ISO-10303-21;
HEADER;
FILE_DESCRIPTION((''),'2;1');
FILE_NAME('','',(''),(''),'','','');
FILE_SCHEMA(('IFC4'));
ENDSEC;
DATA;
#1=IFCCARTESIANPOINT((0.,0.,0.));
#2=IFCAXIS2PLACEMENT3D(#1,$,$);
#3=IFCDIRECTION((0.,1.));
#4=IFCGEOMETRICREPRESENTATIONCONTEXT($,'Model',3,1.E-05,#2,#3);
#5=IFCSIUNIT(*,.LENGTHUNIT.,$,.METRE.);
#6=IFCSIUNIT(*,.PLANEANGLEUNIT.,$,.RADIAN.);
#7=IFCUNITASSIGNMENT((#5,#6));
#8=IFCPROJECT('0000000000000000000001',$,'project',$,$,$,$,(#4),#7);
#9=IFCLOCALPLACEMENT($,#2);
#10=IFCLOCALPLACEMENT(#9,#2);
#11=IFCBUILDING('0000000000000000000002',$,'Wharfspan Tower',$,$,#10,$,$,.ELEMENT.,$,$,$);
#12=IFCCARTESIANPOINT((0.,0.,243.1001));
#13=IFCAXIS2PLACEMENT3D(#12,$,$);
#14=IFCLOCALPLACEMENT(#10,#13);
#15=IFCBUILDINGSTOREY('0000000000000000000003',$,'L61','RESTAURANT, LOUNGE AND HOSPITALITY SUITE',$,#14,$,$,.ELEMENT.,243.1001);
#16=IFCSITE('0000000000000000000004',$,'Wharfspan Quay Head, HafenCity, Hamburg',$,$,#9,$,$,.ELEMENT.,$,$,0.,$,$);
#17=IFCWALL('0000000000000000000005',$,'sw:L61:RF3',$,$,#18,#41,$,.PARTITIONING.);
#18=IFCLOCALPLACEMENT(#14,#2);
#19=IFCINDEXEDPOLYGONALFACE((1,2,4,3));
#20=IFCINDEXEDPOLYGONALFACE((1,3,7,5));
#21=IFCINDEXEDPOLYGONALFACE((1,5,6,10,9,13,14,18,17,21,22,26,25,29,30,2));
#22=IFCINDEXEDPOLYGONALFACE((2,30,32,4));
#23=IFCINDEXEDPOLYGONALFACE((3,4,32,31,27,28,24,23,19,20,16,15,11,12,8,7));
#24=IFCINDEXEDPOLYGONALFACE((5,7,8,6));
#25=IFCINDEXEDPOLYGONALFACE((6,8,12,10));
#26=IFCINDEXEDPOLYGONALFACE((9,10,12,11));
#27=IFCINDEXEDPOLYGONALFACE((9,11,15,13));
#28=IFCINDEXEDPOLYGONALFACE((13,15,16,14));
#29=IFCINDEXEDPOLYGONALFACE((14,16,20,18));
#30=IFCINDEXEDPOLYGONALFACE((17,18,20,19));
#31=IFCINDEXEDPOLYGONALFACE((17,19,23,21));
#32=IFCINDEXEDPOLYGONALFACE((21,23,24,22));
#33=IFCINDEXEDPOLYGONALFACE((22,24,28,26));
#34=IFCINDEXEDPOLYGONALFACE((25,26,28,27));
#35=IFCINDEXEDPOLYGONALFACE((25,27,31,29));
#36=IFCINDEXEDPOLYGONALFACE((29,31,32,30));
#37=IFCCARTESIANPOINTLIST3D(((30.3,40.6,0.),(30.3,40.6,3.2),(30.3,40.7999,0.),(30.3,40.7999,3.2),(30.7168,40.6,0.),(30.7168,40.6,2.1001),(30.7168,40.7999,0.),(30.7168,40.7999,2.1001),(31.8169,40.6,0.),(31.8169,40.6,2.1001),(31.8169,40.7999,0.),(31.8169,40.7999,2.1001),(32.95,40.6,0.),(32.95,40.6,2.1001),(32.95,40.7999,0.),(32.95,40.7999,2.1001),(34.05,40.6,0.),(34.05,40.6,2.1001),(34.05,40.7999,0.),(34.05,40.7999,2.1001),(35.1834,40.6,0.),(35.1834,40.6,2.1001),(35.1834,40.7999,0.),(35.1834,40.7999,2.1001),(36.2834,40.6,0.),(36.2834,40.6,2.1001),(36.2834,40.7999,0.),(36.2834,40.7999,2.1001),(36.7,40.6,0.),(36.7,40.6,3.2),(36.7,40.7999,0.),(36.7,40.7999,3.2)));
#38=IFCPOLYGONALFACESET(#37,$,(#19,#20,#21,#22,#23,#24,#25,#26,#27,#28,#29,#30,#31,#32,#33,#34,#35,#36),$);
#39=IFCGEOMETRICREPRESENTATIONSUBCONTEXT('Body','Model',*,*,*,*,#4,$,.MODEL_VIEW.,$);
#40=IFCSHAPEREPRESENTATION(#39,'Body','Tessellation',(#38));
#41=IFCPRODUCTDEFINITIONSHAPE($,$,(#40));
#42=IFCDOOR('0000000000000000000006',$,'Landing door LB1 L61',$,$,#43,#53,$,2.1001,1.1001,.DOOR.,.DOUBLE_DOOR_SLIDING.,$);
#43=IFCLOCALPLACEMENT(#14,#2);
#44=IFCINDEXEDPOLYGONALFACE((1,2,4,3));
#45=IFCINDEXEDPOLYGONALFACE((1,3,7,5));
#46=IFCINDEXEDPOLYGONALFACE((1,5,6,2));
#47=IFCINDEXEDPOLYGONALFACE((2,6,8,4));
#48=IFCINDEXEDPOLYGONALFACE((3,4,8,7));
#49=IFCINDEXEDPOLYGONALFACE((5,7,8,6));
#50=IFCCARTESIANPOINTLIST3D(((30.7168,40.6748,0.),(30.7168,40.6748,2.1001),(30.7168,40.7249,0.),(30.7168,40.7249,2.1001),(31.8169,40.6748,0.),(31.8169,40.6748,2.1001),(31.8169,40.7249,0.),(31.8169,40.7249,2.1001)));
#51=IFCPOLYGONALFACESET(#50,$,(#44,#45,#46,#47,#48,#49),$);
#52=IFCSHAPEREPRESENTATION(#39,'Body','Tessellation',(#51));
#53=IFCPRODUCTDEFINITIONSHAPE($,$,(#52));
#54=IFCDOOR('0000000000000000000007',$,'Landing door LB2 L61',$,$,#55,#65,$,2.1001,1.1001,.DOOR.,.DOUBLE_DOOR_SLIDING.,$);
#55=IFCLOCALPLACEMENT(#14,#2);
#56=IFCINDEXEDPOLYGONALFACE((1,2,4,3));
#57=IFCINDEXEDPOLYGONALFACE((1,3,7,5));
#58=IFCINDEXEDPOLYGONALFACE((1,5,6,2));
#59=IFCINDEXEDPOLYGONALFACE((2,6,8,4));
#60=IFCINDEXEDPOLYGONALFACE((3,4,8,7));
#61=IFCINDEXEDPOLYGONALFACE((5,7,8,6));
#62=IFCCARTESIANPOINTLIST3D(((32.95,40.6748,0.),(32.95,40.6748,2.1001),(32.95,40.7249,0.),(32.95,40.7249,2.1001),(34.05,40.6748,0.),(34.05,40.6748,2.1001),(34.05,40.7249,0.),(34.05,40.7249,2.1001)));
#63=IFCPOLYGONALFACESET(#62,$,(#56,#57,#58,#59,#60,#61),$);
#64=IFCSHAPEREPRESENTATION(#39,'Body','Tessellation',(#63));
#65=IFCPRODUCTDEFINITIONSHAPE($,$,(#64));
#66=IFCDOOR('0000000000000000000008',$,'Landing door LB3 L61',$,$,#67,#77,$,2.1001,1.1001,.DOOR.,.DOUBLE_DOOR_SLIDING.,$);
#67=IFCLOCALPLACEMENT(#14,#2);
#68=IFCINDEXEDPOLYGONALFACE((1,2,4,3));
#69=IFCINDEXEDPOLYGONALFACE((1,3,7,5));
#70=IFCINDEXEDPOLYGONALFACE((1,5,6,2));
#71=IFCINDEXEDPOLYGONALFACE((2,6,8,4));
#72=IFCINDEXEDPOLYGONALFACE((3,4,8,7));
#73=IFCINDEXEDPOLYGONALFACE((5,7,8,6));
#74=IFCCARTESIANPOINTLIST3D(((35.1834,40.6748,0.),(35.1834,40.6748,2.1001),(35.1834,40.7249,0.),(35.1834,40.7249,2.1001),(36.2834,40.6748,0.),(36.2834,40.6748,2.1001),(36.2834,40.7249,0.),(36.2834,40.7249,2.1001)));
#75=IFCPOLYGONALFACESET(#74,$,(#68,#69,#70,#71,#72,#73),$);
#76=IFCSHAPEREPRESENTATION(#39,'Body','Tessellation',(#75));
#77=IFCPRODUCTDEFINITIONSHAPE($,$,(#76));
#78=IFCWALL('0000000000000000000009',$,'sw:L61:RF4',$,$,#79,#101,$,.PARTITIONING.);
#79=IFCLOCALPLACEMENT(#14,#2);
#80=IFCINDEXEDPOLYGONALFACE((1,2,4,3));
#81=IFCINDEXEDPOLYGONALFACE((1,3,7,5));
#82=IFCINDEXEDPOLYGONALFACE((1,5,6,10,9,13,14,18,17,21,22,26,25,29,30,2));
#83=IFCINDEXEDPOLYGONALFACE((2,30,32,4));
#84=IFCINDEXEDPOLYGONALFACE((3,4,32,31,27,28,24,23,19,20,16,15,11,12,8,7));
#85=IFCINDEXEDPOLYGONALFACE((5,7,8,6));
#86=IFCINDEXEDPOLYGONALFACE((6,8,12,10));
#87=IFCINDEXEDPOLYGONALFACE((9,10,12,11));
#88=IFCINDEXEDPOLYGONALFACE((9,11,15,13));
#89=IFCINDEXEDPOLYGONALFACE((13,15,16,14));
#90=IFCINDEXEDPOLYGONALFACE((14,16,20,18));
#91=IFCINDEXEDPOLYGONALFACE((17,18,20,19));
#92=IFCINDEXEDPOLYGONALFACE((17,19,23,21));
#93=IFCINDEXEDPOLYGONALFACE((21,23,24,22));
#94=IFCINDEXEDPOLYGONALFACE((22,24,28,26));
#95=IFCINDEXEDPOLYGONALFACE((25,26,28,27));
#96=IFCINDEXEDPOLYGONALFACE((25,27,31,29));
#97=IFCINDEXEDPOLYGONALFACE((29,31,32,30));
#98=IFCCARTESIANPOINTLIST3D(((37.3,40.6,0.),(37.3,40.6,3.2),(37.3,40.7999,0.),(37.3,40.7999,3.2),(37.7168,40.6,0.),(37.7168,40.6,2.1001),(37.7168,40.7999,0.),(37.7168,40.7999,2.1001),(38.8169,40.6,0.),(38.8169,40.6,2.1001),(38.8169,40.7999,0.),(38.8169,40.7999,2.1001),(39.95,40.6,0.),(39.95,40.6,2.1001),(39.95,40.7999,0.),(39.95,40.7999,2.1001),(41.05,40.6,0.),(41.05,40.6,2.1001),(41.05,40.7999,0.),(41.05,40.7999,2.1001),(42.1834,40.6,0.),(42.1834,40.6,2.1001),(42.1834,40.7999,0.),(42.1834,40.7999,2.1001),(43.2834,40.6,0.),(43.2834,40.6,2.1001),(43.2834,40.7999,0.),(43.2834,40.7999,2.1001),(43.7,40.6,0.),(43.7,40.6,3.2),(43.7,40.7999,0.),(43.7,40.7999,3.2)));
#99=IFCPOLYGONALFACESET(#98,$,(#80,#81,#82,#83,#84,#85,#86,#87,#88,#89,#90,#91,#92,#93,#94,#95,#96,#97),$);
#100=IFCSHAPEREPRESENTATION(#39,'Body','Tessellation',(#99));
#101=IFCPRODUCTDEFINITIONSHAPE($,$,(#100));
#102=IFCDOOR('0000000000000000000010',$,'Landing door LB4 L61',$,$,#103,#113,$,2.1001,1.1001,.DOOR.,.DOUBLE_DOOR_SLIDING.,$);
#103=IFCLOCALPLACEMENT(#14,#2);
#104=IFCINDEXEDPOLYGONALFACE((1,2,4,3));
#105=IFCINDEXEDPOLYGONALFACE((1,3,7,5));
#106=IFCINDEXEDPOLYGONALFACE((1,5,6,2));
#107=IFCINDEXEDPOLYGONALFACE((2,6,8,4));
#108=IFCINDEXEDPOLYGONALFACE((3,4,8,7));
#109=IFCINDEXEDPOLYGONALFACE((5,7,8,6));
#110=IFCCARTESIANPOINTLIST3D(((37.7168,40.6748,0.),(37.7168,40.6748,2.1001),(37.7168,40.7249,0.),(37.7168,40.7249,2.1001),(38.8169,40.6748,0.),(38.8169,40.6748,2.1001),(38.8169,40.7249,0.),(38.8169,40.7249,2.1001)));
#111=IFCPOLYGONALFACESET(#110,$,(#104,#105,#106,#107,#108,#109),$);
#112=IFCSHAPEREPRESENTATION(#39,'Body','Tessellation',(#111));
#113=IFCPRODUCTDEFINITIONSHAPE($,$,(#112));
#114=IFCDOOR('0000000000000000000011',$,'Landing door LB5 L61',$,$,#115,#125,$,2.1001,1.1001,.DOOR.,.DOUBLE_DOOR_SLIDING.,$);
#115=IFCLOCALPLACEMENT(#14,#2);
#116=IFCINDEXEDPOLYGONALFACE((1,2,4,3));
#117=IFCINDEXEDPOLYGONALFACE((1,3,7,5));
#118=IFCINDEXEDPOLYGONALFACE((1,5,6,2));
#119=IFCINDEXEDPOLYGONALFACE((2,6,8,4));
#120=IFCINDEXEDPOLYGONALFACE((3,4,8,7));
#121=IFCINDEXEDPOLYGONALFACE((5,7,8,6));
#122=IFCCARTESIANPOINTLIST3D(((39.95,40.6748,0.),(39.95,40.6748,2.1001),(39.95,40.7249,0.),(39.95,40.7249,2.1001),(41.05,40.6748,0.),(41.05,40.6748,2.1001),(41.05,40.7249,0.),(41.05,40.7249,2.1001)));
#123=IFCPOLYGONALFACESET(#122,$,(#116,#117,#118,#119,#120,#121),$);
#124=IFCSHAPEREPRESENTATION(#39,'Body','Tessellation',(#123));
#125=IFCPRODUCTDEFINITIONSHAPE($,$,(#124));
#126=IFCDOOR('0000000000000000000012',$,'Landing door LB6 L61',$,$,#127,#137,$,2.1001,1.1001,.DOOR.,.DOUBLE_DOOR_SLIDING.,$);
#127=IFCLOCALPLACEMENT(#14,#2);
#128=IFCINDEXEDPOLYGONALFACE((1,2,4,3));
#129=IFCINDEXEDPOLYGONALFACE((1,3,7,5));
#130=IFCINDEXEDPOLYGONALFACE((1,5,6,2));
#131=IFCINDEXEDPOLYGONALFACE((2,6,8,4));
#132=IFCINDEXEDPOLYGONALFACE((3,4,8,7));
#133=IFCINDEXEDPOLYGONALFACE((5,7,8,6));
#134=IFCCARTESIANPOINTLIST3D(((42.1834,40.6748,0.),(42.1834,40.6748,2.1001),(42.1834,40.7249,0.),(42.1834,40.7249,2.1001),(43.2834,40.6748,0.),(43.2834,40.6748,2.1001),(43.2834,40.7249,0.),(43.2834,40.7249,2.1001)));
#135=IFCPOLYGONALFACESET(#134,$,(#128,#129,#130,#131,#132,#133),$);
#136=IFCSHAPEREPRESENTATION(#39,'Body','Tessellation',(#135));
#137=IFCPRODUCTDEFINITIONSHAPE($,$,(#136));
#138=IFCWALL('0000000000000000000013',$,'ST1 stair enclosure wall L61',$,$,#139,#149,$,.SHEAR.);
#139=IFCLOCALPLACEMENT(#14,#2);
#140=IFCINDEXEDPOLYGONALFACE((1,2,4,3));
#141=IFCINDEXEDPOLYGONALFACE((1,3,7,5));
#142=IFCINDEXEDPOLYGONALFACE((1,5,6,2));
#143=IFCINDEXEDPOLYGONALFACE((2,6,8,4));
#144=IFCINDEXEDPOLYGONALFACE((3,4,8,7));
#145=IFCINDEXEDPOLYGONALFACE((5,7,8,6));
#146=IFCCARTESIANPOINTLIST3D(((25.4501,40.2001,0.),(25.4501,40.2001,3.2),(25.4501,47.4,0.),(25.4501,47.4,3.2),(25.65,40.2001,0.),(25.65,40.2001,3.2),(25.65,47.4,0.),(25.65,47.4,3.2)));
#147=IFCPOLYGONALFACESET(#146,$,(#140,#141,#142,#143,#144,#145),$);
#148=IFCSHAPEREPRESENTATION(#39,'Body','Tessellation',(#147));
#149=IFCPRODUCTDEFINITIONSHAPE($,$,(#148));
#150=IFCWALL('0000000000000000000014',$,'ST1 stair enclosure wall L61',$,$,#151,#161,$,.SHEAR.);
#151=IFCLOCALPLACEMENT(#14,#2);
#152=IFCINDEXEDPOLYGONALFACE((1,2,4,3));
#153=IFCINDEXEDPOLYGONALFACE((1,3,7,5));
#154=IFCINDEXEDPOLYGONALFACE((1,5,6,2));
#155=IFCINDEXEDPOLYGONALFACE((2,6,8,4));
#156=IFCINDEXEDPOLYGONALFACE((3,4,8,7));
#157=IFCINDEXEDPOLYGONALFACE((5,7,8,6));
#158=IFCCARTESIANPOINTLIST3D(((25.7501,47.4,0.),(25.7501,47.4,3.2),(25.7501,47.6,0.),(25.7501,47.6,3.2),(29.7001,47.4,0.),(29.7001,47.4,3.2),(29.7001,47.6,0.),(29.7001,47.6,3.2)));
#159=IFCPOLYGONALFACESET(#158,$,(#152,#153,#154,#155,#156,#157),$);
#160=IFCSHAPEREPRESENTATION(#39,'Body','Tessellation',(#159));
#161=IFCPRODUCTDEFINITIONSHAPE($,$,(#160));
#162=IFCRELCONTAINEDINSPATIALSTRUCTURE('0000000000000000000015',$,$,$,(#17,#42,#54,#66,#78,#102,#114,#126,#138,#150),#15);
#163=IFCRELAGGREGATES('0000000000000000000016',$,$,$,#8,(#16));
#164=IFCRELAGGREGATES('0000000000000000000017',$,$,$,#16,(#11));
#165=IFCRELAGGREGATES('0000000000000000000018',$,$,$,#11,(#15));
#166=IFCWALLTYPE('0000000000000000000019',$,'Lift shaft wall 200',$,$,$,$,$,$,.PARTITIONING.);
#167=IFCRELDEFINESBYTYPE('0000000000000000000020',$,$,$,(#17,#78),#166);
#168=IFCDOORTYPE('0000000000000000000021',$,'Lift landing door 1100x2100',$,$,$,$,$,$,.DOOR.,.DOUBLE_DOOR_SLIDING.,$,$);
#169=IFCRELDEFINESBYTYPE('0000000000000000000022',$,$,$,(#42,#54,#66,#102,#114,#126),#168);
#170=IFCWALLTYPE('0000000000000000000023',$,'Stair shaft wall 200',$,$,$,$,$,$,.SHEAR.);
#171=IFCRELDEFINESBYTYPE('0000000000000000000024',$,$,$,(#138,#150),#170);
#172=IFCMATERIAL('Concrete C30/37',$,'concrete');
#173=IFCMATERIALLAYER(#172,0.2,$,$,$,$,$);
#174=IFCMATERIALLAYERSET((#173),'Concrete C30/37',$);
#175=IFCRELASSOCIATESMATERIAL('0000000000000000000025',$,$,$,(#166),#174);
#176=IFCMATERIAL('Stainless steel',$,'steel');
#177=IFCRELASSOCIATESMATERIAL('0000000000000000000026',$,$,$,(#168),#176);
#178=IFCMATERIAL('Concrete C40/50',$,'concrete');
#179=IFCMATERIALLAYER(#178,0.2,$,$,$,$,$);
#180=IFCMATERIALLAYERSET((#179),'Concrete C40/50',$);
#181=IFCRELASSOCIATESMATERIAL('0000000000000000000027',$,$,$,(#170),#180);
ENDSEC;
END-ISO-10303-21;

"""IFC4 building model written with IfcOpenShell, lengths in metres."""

from ifc_helpers import new_model, si_unit, direction, frame, frame_2d, origin, place, context, subcontext, project, spatial, rectangle, extrude, material, layer, layer_set, type_object, element, fill, save


model = new_model("IFC4")

# Units and contexts
model_context = context("Model", 3, precision=1e-05, world=origin(), true_north=direction((0.0, 1.0)))
body_context = subcontext(model_context, "Body", "Model", "MODEL_VIEW")
ifc_project = project(units=[si_unit("LENGTHUNIT", "METRE"), si_unit("PLANEANGLEUNIT", "RADIAN")], contexts=[model_context])

# Site, building, storey
site_placement = place(None, origin())
site = spatial("IfcSite", under=ifc_project, at=site_placement, Name="Wharfspan Quay Head, HafenCity, Hamburg", CompositionType="ELEMENT", RefElevation=0.0)
building_placement = place(site_placement, origin())
building = spatial("IfcBuilding", under=site, at=building_placement, Name="Wharfspan Tower", CompositionType="ELEMENT")
storey_placement = place(building_placement, frame((0.0, 0.0, 243.1001)))
storey = spatial("IfcBuildingStorey", under=building, at=storey_placement, Name="L61", Description="RESTAURANT, LOUNGE AND HOSPITALITY SUITE", CompositionType="ELEMENT", Elevation=243.1001)

# Walls, openings, doors
ifc_material_1 = material(Name="Concrete C30/37", Category="concrete")
ifc_layer_1 = layer(ifc_material_1, 0.2)
ifc_layer_set_1 = layer_set([ifc_layer_1], Name="Concrete C30/37")
wall_type_1 = type_object("IfcWallType", Name="Lift shaft wall 200", PredefinedType="PARTITIONING", material=ifc_layer_set_1)
wall_1_placement = place(storey_placement, frame((30.3, 40.7, 0.0), z_axis=(0.0, 0.0, 1.0), x_axis=(1.0, 0.0, 0.0)))
wall_1 = element("IfcWall", 1, at=wall_1_placement, inside=storey, type_object=wall_type_1, Name="sw:L61:RF3", PredefinedType="PARTITIONING", context=body_context, shape_type="SweptSolid", body=[
    extrude(rectangle(XDim=6.3999, YDim=0.2, at=frame_2d((3.2, 0.0))), origin(), (0.0, 0.0, 1.0), 3.2),
])
opening_1_placement = place(wall_1_placement, frame((0.4167, 0.0, 0.0)))
opening_1 = element("IfcOpeningElement", 2, at=opening_1_placement, cuts=wall_1, PredefinedType="OPENING", context=body_context, shape_type="SweptSolid", body=[
    extrude(rectangle(XDim=1.1001, YDim=2.1001, at=frame_2d((0.55, 1.05))), frame((0.0, 0.1099, 0.0), z_axis=(0.0, -1.0, 0.0), x_axis=(1.0, 0.0, 0.0)), (0.0, 0.0, 1.0), 0.22),
])
opening_2_placement = place(wall_1_placement, frame((2.6499, 0.0, 0.0)))
opening_2 = element("IfcOpeningElement", 3, at=opening_2_placement, cuts=wall_1, PredefinedType="OPENING", context=body_context, shape_type="SweptSolid", body=[
    extrude(rectangle(XDim=1.1001, YDim=2.1001, at=frame_2d((0.55, 1.05))), frame((0.0, 0.1099, 0.0), z_axis=(0.0, -1.0, 0.0), x_axis=(1.0, 0.0, 0.0)), (0.0, 0.0, 1.0), 0.22),
])
opening_3_placement = place(wall_1_placement, frame((4.8833, 0.0, 0.0)))
opening_3 = element("IfcOpeningElement", 4, at=opening_3_placement, cuts=wall_1, PredefinedType="OPENING", context=body_context, shape_type="SweptSolid", body=[
    extrude(rectangle(XDim=1.1001, YDim=2.1001, at=frame_2d((0.55, 1.05))), frame((0.0, 0.1099, 0.0), z_axis=(0.0, -1.0, 0.0), x_axis=(1.0, 0.0, 0.0)), (0.0, 0.0, 1.0), 0.22),
])
ifc_material_2 = material(Name="Stainless steel", Category="steel")
door_type = type_object("IfcDoorType", Name="Lift landing door 1100x2100", OperationType="DOUBLE_DOOR_SLIDING", PredefinedType="DOOR", material=ifc_material_2)
door_1_placement = place(opening_1_placement, origin())
door_1 = element("IfcDoor", 5, at=door_1_placement, inside=storey, type_object=door_type, Name="Landing door LB1 L61", OperationType="DOUBLE_DOOR_SLIDING", OverallHeight=2.1001, OverallWidth=1.1001, PredefinedType="DOOR", context=body_context, shape_type="SweptSolid", body=[
    extrude(rectangle(XDim=1.1001, YDim=2.1001, at=frame_2d((0.55, 1.05))), frame((0.0, 0.0249, 0.0), z_axis=(0.0, -1.0, 0.0), x_axis=(1.0, 0.0, 0.0)), (0.0, 0.0, 1.0), 0.05),
])
fill(opening_1, door_1)
door_2_placement = place(opening_2_placement, origin())
door_2 = element("IfcDoor", 6, at=door_2_placement, inside=storey, type_object=door_type, Name="Landing door LB2 L61", OperationType="DOUBLE_DOOR_SLIDING", OverallHeight=2.1001, OverallWidth=1.1001, PredefinedType="DOOR", context=body_context, shape_type="SweptSolid", body=[
    extrude(rectangle(XDim=1.1001, YDim=2.1001, at=frame_2d((0.55, 1.05))), frame((0.0, 0.0249, 0.0), z_axis=(0.0, -1.0, 0.0), x_axis=(1.0, 0.0, 0.0)), (0.0, 0.0, 1.0), 0.05),
])
fill(opening_2, door_2)
door_3_placement = place(opening_3_placement, origin())
door_3 = element("IfcDoor", 7, at=door_3_placement, inside=storey, type_object=door_type, Name="Landing door LB3 L61", OperationType="DOUBLE_DOOR_SLIDING", OverallHeight=2.1001, OverallWidth=1.1001, PredefinedType="DOOR", context=body_context, shape_type="SweptSolid", body=[
    extrude(rectangle(XDim=1.1001, YDim=2.1001, at=frame_2d((0.55, 1.05))), frame((0.0, 0.0249, 0.0), z_axis=(0.0, -1.0, 0.0), x_axis=(1.0, 0.0, 0.0)), (0.0, 0.0, 1.0), 0.05),
])
fill(opening_3, door_3)
wall_2_placement = place(storey_placement, frame((37.3, 40.7, 0.0), z_axis=(0.0, 0.0, 1.0), x_axis=(1.0, 0.0, 0.0)))
wall_2 = element("IfcWall", 8, at=wall_2_placement, inside=storey, type_object=wall_type_1, Name="sw:L61:RF4", PredefinedType="PARTITIONING", context=body_context, shape_type="SweptSolid", body=[
    extrude(rectangle(XDim=6.3999, YDim=0.2, at=frame_2d((3.2, 0.0))), origin(), (0.0, 0.0, 1.0), 3.2),
])
opening_4_placement = place(wall_2_placement, frame((0.4167, 0.0, 0.0)))
opening_4 = element("IfcOpeningElement", 9, at=opening_4_placement, cuts=wall_2, PredefinedType="OPENING", context=body_context, shape_type="SweptSolid", body=[
    extrude(rectangle(XDim=1.1001, YDim=2.1001, at=frame_2d((0.55, 1.05))), frame((0.0, 0.1099, 0.0), z_axis=(0.0, -1.0, 0.0), x_axis=(1.0, 0.0, 0.0)), (0.0, 0.0, 1.0), 0.22),
])
opening_5_placement = place(wall_2_placement, frame((2.6499, 0.0, 0.0)))
opening_5 = element("IfcOpeningElement", 10, at=opening_5_placement, cuts=wall_2, PredefinedType="OPENING", context=body_context, shape_type="SweptSolid", body=[
    extrude(rectangle(XDim=1.1001, YDim=2.1001, at=frame_2d((0.55, 1.05))), frame((0.0, 0.1099, 0.0), z_axis=(0.0, -1.0, 0.0), x_axis=(1.0, 0.0, 0.0)), (0.0, 0.0, 1.0), 0.22),
])
opening_6_placement = place(wall_2_placement, frame((4.8833, 0.0, 0.0)))
opening_6 = element("IfcOpeningElement", 11, at=opening_6_placement, cuts=wall_2, PredefinedType="OPENING", context=body_context, shape_type="SweptSolid", body=[
    extrude(rectangle(XDim=1.1001, YDim=2.1001, at=frame_2d((0.55, 1.05))), frame((0.0, 0.1099, 0.0), z_axis=(0.0, -1.0, 0.0), x_axis=(1.0, 0.0, 0.0)), (0.0, 0.0, 1.0), 0.22),
])
door_4_placement = place(opening_4_placement, origin())
door_4 = element("IfcDoor", 12, at=door_4_placement, inside=storey, type_object=door_type, Name="Landing door LB4 L61", OperationType="DOUBLE_DOOR_SLIDING", OverallHeight=2.1001, OverallWidth=1.1001, PredefinedType="DOOR", context=body_context, shape_type="SweptSolid", body=[
    extrude(rectangle(XDim=1.1001, YDim=2.1001, at=frame_2d((0.55, 1.05))), frame((0.0, 0.0249, 0.0), z_axis=(0.0, -1.0, 0.0), x_axis=(1.0, 0.0, 0.0)), (0.0, 0.0, 1.0), 0.05),
])
fill(opening_4, door_4)
door_5_placement = place(opening_5_placement, origin())
door_5 = element("IfcDoor", 13, at=door_5_placement, inside=storey, type_object=door_type, Name="Landing door LB5 L61", OperationType="DOUBLE_DOOR_SLIDING", OverallHeight=2.1001, OverallWidth=1.1001, PredefinedType="DOOR", context=body_context, shape_type="SweptSolid", body=[
    extrude(rectangle(XDim=1.1001, YDim=2.1001, at=frame_2d((0.55, 1.05))), frame((0.0, 0.0249, 0.0), z_axis=(0.0, -1.0, 0.0), x_axis=(1.0, 0.0, 0.0)), (0.0, 0.0, 1.0), 0.05),
])
fill(opening_5, door_5)
door_6_placement = place(opening_6_placement, origin())
door_6 = element("IfcDoor", 14, at=door_6_placement, inside=storey, type_object=door_type, Name="Landing door LB6 L61", OperationType="DOUBLE_DOOR_SLIDING", OverallHeight=2.1001, OverallWidth=1.1001, PredefinedType="DOOR", context=body_context, shape_type="SweptSolid", body=[
    extrude(rectangle(XDim=1.1001, YDim=2.1001, at=frame_2d((0.55, 1.05))), frame((0.0, 0.0249, 0.0), z_axis=(0.0, -1.0, 0.0), x_axis=(1.0, 0.0, 0.0)), (0.0, 0.0, 1.0), 0.05),
])
fill(opening_6, door_6)

# Walls
ifc_material_3 = material(Name="Concrete C40/50", Category="concrete")
ifc_layer_2 = layer(ifc_material_3, 0.2)
ifc_layer_set_2 = layer_set([ifc_layer_2], Name="Concrete C40/50")
wall_type_2 = type_object("IfcWallType", Name="Stair shaft wall 200", PredefinedType="SHEAR", material=ifc_layer_set_2)
wall_3_placement = place(storey_placement, frame((25.55, 40.2, 0.0), z_axis=(0.0, 0.0, 1.0), x_axis=(0.0, 1.0, 0.0)))
element("IfcWall", 15, at=wall_3_placement, inside=storey, type_object=wall_type_2, Name="ST1 stair enclosure wall L61", PredefinedType="SHEAR", context=body_context, shape_type="SweptSolid", body=[
    extrude(rectangle(XDim=7.2, YDim=0.2, at=frame_2d((3.6001, 0.0))), origin(), (0.0, 0.0, 1.0), 3.2),
])
wall_4_placement = place(storey_placement, frame((25.75, 47.5, 0.0), z_axis=(0.0, 0.0, 1.0), x_axis=(1.0, 0.0, 0.0)))
element("IfcWall", 16, at=wall_4_placement, inside=storey, type_object=wall_type_2, Name="ST1 stair enclosure wall L61", PredefinedType="SHEAR", context=body_context, shape_type="SweptSolid", body=[
    extrude(rectangle(XDim=3.95, YDim=0.2, at=frame_2d((1.9751, 0.0))), origin(), (0.0, 0.0, 1.0), 3.2),
])

save(model, "model.ifc")
